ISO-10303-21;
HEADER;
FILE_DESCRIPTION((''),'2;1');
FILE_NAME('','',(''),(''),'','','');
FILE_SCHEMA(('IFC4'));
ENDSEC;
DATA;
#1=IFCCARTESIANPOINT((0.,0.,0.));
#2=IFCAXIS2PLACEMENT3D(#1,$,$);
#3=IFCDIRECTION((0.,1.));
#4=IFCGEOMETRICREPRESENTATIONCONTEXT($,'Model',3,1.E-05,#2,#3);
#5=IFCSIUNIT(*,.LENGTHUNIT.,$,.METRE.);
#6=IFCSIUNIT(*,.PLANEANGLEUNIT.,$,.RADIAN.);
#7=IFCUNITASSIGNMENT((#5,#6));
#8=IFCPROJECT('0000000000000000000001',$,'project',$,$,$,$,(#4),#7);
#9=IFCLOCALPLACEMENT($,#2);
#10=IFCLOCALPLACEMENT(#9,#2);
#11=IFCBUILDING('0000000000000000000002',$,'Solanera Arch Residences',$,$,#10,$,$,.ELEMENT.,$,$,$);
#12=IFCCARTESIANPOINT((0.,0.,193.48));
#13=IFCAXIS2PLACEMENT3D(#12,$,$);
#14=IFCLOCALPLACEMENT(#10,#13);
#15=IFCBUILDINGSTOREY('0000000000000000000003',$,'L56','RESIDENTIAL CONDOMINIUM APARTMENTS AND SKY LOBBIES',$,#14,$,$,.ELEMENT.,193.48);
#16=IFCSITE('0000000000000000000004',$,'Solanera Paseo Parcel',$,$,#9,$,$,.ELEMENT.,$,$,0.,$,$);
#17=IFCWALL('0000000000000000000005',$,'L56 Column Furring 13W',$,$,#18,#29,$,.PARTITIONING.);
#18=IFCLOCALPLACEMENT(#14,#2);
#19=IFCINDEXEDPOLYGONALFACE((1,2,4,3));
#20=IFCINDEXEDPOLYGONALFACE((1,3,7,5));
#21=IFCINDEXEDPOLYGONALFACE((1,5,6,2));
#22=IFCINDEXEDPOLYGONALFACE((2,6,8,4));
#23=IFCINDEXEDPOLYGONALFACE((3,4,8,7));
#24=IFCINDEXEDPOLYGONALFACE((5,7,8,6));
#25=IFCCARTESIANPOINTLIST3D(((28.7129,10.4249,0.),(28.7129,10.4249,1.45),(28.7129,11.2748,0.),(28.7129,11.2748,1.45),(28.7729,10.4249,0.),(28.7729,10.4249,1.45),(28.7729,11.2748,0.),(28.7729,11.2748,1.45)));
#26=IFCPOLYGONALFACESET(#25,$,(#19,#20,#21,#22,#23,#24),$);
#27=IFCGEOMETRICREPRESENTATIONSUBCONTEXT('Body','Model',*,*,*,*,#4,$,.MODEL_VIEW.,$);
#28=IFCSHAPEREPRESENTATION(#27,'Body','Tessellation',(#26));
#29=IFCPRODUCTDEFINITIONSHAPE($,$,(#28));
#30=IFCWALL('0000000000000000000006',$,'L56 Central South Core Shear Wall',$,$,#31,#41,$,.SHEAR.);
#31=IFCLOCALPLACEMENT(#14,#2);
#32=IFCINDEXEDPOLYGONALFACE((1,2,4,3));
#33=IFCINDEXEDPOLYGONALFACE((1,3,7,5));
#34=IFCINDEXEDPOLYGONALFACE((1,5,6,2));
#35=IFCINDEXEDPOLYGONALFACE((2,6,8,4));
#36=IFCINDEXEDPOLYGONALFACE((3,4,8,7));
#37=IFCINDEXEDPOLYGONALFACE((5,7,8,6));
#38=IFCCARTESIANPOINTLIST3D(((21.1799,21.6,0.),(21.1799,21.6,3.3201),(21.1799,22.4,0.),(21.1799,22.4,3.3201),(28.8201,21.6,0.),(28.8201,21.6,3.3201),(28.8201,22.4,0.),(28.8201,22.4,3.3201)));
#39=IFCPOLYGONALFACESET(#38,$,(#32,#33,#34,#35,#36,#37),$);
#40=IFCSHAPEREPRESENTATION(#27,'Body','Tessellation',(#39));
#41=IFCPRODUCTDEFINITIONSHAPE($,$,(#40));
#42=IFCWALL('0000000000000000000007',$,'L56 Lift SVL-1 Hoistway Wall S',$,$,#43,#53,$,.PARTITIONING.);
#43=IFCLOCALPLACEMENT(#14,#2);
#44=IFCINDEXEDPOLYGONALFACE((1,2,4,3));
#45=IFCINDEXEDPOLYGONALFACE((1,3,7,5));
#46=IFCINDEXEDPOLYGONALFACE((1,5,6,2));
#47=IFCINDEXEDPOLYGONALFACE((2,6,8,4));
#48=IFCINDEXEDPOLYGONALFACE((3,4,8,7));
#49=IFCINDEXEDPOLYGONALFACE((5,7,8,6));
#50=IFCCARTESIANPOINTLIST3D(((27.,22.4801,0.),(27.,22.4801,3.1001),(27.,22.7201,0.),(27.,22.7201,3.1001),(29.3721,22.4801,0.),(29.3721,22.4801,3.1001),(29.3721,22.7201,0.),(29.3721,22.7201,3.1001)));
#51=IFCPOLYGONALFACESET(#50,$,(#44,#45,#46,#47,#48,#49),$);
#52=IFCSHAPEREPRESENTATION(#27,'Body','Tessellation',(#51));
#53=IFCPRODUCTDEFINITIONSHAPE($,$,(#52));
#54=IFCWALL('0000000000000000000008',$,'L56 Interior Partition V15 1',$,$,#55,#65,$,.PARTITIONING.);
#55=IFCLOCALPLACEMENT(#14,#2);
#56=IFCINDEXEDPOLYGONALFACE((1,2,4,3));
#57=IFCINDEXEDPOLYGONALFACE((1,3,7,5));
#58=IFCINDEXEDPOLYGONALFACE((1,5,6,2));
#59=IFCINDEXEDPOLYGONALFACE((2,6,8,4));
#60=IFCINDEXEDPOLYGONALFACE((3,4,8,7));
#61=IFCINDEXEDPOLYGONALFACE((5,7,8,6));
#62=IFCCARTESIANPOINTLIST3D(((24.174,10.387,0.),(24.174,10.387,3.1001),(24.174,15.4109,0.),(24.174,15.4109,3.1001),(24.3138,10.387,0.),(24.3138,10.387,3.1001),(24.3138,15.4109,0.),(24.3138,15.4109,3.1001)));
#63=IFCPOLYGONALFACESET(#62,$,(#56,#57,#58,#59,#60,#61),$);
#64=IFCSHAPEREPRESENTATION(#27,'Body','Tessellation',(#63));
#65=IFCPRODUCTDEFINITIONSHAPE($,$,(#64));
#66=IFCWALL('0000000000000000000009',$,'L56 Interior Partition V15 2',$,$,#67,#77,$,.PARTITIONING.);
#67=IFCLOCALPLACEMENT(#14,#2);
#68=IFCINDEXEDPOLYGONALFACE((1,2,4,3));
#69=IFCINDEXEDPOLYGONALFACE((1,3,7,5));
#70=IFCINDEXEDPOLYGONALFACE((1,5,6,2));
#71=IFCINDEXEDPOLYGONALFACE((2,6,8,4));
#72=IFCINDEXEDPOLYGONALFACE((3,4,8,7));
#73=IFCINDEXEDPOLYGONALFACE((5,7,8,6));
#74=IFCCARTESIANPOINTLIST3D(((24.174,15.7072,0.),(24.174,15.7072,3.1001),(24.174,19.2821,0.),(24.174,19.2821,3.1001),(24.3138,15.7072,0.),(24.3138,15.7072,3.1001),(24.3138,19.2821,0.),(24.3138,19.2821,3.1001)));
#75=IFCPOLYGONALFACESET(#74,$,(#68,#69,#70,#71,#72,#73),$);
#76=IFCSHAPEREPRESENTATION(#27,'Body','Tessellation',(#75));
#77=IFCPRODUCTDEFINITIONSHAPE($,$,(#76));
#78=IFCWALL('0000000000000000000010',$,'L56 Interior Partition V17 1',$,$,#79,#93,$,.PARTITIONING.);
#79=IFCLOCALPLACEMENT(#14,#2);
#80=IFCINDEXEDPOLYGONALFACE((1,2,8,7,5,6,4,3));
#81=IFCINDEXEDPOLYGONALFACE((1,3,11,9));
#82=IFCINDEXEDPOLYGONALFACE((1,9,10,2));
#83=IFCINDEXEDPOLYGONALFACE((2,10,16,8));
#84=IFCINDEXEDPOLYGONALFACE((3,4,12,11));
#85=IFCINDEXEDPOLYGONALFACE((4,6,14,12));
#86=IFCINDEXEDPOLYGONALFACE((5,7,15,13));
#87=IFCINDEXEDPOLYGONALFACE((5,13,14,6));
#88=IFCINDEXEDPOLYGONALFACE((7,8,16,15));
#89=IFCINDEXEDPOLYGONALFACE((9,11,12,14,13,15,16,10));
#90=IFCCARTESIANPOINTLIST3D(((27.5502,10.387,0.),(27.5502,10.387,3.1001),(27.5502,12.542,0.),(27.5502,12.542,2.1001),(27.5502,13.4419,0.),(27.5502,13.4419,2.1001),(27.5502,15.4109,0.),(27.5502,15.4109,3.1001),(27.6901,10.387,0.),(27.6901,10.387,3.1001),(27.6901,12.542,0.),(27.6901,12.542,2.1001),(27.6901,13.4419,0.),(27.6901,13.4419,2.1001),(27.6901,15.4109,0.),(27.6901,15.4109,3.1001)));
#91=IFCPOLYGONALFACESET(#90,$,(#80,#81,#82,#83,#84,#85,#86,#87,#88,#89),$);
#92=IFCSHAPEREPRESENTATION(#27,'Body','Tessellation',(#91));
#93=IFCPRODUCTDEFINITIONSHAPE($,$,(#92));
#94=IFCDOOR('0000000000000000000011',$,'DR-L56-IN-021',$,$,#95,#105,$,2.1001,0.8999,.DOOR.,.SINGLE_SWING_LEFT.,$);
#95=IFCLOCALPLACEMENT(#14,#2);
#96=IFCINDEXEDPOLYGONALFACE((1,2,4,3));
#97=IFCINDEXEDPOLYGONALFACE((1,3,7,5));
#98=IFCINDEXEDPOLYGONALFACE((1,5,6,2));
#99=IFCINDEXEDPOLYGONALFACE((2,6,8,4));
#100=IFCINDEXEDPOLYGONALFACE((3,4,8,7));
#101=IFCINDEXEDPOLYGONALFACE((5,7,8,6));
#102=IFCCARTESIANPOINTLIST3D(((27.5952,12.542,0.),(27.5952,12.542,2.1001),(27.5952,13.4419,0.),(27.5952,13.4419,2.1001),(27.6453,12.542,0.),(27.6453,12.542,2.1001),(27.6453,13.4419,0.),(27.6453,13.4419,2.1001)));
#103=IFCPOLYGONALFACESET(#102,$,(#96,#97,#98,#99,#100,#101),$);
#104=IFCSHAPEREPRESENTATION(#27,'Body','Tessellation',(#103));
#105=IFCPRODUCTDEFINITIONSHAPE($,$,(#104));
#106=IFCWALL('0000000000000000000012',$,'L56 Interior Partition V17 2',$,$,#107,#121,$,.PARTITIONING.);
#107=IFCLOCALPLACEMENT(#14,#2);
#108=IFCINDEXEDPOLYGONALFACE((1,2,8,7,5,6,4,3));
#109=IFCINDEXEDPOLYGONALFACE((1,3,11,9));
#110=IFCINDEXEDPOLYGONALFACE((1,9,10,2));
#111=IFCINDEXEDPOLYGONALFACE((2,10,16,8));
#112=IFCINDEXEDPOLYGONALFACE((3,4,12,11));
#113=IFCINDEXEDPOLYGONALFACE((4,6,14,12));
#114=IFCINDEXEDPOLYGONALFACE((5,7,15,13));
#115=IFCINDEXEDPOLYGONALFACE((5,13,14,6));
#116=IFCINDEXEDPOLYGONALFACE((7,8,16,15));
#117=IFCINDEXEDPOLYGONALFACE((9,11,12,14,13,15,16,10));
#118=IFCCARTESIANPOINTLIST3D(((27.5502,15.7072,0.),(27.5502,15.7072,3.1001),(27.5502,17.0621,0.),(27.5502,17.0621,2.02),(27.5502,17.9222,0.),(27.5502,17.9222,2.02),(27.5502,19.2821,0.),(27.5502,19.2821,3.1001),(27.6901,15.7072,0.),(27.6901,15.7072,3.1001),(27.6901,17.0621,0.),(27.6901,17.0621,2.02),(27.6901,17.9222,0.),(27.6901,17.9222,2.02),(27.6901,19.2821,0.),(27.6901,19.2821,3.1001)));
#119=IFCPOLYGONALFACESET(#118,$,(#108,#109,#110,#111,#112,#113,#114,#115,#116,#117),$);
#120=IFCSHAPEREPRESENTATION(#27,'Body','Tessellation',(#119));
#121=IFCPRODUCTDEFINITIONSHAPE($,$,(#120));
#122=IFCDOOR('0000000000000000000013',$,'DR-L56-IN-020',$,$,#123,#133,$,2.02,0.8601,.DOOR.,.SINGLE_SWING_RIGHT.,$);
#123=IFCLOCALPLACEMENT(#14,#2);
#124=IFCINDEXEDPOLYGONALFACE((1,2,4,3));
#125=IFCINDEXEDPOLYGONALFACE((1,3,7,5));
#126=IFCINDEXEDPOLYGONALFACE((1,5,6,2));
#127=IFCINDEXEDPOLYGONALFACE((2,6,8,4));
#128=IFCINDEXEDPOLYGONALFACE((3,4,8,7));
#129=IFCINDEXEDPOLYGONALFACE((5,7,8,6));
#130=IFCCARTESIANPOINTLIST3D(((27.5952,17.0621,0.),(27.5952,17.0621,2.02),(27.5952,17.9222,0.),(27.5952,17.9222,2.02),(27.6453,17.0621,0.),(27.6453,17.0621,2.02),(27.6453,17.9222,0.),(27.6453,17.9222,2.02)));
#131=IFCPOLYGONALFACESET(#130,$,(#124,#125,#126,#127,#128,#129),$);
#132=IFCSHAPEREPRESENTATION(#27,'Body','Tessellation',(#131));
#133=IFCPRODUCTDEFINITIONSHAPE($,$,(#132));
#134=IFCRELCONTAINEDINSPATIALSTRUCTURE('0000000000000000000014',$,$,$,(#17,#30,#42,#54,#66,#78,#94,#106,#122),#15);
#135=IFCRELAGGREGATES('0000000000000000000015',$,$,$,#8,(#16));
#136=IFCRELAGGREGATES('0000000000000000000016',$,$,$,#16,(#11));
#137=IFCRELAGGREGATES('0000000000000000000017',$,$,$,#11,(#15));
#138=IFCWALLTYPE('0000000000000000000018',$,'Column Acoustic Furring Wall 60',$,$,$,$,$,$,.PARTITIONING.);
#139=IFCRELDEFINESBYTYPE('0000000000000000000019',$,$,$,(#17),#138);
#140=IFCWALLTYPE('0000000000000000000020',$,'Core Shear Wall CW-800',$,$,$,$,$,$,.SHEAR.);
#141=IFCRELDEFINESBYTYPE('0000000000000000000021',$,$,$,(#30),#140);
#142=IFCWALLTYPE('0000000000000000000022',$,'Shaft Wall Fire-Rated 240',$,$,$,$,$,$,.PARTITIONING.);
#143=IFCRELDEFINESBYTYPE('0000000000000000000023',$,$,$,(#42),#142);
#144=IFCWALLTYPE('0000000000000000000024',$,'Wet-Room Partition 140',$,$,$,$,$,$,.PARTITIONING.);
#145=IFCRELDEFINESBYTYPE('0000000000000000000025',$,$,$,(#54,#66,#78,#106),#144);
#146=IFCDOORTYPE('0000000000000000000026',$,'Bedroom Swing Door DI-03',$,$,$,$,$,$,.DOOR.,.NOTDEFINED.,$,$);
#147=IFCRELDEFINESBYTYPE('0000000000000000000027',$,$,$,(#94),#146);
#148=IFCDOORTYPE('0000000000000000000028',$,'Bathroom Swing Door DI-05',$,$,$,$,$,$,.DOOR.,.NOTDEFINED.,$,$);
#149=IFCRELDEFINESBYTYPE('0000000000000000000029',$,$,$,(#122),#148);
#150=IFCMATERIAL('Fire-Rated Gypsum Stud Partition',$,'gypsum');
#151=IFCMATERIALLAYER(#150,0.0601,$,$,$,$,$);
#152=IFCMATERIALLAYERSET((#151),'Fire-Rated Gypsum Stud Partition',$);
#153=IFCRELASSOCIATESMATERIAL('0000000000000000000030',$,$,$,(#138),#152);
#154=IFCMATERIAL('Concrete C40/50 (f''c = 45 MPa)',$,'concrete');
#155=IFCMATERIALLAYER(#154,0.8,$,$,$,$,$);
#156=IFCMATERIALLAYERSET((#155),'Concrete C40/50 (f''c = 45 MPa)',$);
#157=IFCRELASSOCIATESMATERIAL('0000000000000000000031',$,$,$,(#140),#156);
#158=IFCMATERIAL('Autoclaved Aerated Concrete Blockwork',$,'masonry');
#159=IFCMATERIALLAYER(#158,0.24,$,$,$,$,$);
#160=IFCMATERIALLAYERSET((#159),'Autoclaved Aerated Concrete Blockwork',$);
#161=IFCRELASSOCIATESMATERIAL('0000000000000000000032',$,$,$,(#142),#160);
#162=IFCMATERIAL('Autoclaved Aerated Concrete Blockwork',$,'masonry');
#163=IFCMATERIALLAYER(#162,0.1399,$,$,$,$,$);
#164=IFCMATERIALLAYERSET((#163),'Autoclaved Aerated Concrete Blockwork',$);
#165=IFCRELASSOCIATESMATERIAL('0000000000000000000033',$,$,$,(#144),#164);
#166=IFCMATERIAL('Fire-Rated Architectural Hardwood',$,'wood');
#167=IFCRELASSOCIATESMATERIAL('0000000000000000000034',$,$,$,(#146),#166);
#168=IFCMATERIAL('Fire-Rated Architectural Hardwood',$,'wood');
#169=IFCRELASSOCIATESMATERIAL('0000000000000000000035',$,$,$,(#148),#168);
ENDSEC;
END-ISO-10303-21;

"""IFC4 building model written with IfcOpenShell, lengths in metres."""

from ifc_helpers import new_model, si_unit, direction, frame, frame_2d, origin, place, context, subcontext, project, spatial, rectangle, extrude, material, layer, layer_set, type_object, element, fill, save


model = new_model("IFC4")

# Units and contexts
model_context = context("Model", 3, precision=1e-05, world=origin(), true_north=direction((0.0, 1.0)))
body_context = subcontext(model_context, "Body", "Model", "MODEL_VIEW")
ifc_project = project(units=[si_unit("LENGTHUNIT", "METRE"), si_unit("PLANEANGLEUNIT", "RADIAN")], contexts=[model_context])

# Site, building, storey
site_placement = place(None, origin())
site = spatial("IfcSite", under=ifc_project, at=site_placement, Name="Solanera Paseo Parcel", CompositionType="ELEMENT", RefElevation=0.0)
building_placement = place(site_placement, origin())
building = spatial("IfcBuilding", under=site, at=building_placement, Name="Solanera Arch Residences", CompositionType="ELEMENT")
storey_placement = place(building_placement, frame((0.0, 0.0, 193.48)))
storey = spatial("IfcBuildingStorey", under=building, at=storey_placement, Name="L56", Description="RESIDENTIAL CONDOMINIUM APARTMENTS AND SKY LOBBIES", CompositionType="ELEMENT", Elevation=193.48)

# Walls
ifc_material_1 = material(Name="Fire-Rated Gypsum Stud Partition", Category="gypsum")
ifc_layer_1 = layer(ifc_material_1, 0.0601)
ifc_layer_set_1 = layer_set([ifc_layer_1], Name="Fire-Rated Gypsum Stud Partition")
wall_type_1 = type_object("IfcWallType", Name="Column Acoustic Furring Wall 60", PredefinedType="PARTITIONING", material=ifc_layer_set_1)
wall_1_placement = place(storey_placement, frame((28.7429, 10.425, 0.0), z_axis=(0.0, 0.0, 1.0), x_axis=(0.0, 1.0, 0.0)))
element("IfcWall", 1, at=wall_1_placement, inside=storey, type_object=wall_type_1, Name="L56 Column Furring 13W", PredefinedType="PARTITIONING", context=body_context, shape_type="SweptSolid", body=[
    extrude(rectangle(XDim=0.8499, YDim=0.0601, at=frame_2d((0.4248, 0.0))), origin(), (0.0, 0.0, 1.0), 1.45),
])
ifc_material_2 = material(Name="Concrete C40/50 (f'c = 45 MPa)", Category="concrete")
ifc_layer_2 = layer(ifc_material_2, 0.8)
ifc_layer_set_2 = layer_set([ifc_layer_2], Name="Concrete C40/50 (f'c = 45 MPa)")
wall_type_2 = type_object("IfcWallType", Name="Core Shear Wall CW-800", PredefinedType="SHEAR", material=ifc_layer_set_2)
wall_2_placement = place(storey_placement, frame((21.1799, 22.0, 0.0), z_axis=(0.0, 0.0, 1.0), x_axis=(1.0, 0.0, 0.0)))
element("IfcWall", 2, at=wall_2_placement, inside=storey, type_object=wall_type_2, Name="L56 Central South Core Shear Wall", PredefinedType="SHEAR", context=body_context, shape_type="SweptSolid", body=[
    extrude(rectangle(XDim=7.6401, YDim=0.8, at=frame_2d((3.8201, 0.0))), origin(), (0.0, 0.0, 1.0), 3.3201),
])
ifc_material_3 = material(Name="Autoclaved Aerated Concrete Blockwork", Category="masonry")
ifc_layer_3 = layer(ifc_material_3, 0.24)
ifc_layer_set_3 = layer_set([ifc_layer_3], Name="Autoclaved Aerated Concrete Blockwork")
wall_type_3 = type_object("IfcWallType", Name="Shaft Wall Fire-Rated 240", PredefinedType="PARTITIONING", material=ifc_layer_set_3)
wall_3_placement = place(storey_placement, frame((27.0, 22.6001, 0.0), z_axis=(0.0, 0.0, 1.0), x_axis=(1.0, 0.0, 0.0)))
element("IfcWall", 3, at=wall_3_placement, inside=storey, type_object=wall_type_3, Name="L56 Lift SVL-1 Hoistway Wall S", PredefinedType="PARTITIONING", context=body_context, shape_type="SweptSolid", body=[
    extrude(rectangle(XDim=2.3721, YDim=0.24, at=frame_2d((1.186, 0.0))), origin(), (0.0, 0.0, 1.0), 3.1001),
])
ifc_material_4 = material(Name="Autoclaved Aerated Concrete Blockwork", Category="masonry")
ifc_layer_4 = layer(ifc_material_4, 0.1399)
ifc_layer_set_4 = layer_set([ifc_layer_4], Name="Autoclaved Aerated Concrete Blockwork")
wall_type_4 = type_object("IfcWallType", Name="Wet-Room Partition 140", PredefinedType="PARTITIONING", material=ifc_layer_set_4)
wall_4_placement = place(storey_placement, frame((24.2439, 10.387, 0.0), z_axis=(0.0, 0.0, 1.0), x_axis=(0.0, 1.0, 0.0)))
element("IfcWall", 4, at=wall_4_placement, inside=storey, type_object=wall_type_4, Name="L56 Interior Partition V15 1", PredefinedType="PARTITIONING", context=body_context, shape_type="SweptSolid", body=[
    extrude(rectangle(XDim=5.0239, YDim=0.1399, at=frame_2d((2.512, 0.0))), origin(), (0.0, 0.0, 1.0), 3.1001),
])
wall_5_placement = place(storey_placement, frame((24.2439, 15.707, 0.0), z_axis=(0.0, 0.0, 1.0), x_axis=(0.0, 1.0, 0.0)))
element("IfcWall", 5, at=wall_5_placement, inside=storey, type_object=wall_type_4, Name="L56 Interior Partition V15 2", PredefinedType="PARTITIONING", context=body_context, shape_type="SweptSolid", body=[
    extrude(rectangle(XDim=3.575, YDim=0.1399, at=frame_2d((1.7876, 0.0))), origin(), (0.0, 0.0, 1.0), 3.1001),
])

# Walls, openings, doors
wall_6_placement = place(storey_placement, frame((27.6201, 10.387, 0.0), z_axis=(0.0, 0.0, 1.0), x_axis=(0.0, 1.0, 0.0)))
wall_6 = element("IfcWall", 6, at=wall_6_placement, inside=storey, type_object=wall_type_4, Name="L56 Interior Partition V17 1", PredefinedType="PARTITIONING", context=body_context, shape_type="SweptSolid", body=[
    extrude(rectangle(XDim=5.0239, YDim=0.1399, at=frame_2d((2.512, 0.0))), origin(), (0.0, 0.0, 1.0), 3.1001),
])
opening_1_placement = place(wall_6_placement, frame((2.155, 0.0, 0.0)))
opening_1 = element("IfcOpeningElement", 7, at=opening_1_placement, cuts=wall_6, PredefinedType="OPENING", context=body_context, shape_type="SweptSolid", body=[
    extrude(rectangle(XDim=0.8999, YDim=2.1001, at=frame_2d((0.45, 1.05))), frame((0.0, 0.0798, 0.0), z_axis=(0.0, -1.0, 0.0), x_axis=(1.0, 0.0, 0.0)), (0.0, 0.0, 1.0), 0.1599),
])
ifc_material_5 = material(Name="Fire-Rated Architectural Hardwood", Category="wood")
door_type_1 = type_object("IfcDoorType", Name="Bedroom Swing Door DI-03", OperationType="NOTDEFINED", PredefinedType="DOOR", material=ifc_material_5)
door_1_placement = place(opening_1_placement, origin())
door_1 = element("IfcDoor", 8, at=door_1_placement, inside=storey, type_object=door_type_1, Name="DR-L56-IN-021", OperationType="SINGLE_SWING_LEFT", OverallHeight=2.1001, OverallWidth=0.8999, PredefinedType="DOOR", context=body_context, shape_type="SweptSolid", body=[
    extrude(rectangle(XDim=0.8999, YDim=2.1001, at=frame_2d((0.45, 1.05))), frame((0.0, 0.0249, 0.0), z_axis=(0.0, -1.0, 0.0), x_axis=(1.0, 0.0, 0.0)), (0.0, 0.0, 1.0), 0.05),
])
fill(opening_1, door_1)
wall_7_placement = place(storey_placement, frame((27.6201, 15.707, 0.0), z_axis=(0.0, 0.0, 1.0), x_axis=(0.0, 1.0, 0.0)))
wall_7 = element("IfcWall", 9, at=wall_7_placement, inside=storey, type_object=wall_type_4, Name="L56 Interior Partition V17 2", PredefinedType="PARTITIONING", context=body_context, shape_type="SweptSolid", body=[
    extrude(rectangle(XDim=3.575, YDim=0.1399, at=frame_2d((1.7876, 0.0))), origin(), (0.0, 0.0, 1.0), 3.1001),
])
opening_2_placement = place(wall_7_placement, frame((1.355, 0.0, 0.0)))
opening_2 = element("IfcOpeningElement", 10, at=opening_2_placement, cuts=wall_7, PredefinedType="OPENING", context=body_context, shape_type="SweptSolid", body=[
    extrude(rectangle(XDim=0.8601, YDim=2.02, at=frame_2d((0.4302, 1.01))), frame((0.0, 0.0798, 0.0), z_axis=(0.0, -1.0, 0.0), x_axis=(1.0, 0.0, 0.0)), (0.0, 0.0, 1.0), 0.1599),
])
ifc_material_6 = material(Name="Fire-Rated Architectural Hardwood", Category="wood")
door_type_2 = type_object("IfcDoorType", Name="Bathroom Swing Door DI-05", OperationType="NOTDEFINED", PredefinedType="DOOR", material=ifc_material_6)
door_2_placement = place(opening_2_placement, origin())
door_2 = element("IfcDoor", 11, at=door_2_placement, inside=storey, type_object=door_type_2, Name="DR-L56-IN-020", OperationType="SINGLE_SWING_RIGHT", OverallHeight=2.02, OverallWidth=0.8601, PredefinedType="DOOR", context=body_context, shape_type="SweptSolid", body=[
    extrude(rectangle(XDim=0.8601, YDim=2.02, at=frame_2d((0.4302, 1.01))), frame((0.0, 0.0249, 0.0), z_axis=(0.0, -1.0, 0.0), x_axis=(1.0, 0.0, 0.0)), (0.0, 0.0, 1.0), 0.05),
])
fill(opening_2, door_2)

save(model, "model.ifc")
